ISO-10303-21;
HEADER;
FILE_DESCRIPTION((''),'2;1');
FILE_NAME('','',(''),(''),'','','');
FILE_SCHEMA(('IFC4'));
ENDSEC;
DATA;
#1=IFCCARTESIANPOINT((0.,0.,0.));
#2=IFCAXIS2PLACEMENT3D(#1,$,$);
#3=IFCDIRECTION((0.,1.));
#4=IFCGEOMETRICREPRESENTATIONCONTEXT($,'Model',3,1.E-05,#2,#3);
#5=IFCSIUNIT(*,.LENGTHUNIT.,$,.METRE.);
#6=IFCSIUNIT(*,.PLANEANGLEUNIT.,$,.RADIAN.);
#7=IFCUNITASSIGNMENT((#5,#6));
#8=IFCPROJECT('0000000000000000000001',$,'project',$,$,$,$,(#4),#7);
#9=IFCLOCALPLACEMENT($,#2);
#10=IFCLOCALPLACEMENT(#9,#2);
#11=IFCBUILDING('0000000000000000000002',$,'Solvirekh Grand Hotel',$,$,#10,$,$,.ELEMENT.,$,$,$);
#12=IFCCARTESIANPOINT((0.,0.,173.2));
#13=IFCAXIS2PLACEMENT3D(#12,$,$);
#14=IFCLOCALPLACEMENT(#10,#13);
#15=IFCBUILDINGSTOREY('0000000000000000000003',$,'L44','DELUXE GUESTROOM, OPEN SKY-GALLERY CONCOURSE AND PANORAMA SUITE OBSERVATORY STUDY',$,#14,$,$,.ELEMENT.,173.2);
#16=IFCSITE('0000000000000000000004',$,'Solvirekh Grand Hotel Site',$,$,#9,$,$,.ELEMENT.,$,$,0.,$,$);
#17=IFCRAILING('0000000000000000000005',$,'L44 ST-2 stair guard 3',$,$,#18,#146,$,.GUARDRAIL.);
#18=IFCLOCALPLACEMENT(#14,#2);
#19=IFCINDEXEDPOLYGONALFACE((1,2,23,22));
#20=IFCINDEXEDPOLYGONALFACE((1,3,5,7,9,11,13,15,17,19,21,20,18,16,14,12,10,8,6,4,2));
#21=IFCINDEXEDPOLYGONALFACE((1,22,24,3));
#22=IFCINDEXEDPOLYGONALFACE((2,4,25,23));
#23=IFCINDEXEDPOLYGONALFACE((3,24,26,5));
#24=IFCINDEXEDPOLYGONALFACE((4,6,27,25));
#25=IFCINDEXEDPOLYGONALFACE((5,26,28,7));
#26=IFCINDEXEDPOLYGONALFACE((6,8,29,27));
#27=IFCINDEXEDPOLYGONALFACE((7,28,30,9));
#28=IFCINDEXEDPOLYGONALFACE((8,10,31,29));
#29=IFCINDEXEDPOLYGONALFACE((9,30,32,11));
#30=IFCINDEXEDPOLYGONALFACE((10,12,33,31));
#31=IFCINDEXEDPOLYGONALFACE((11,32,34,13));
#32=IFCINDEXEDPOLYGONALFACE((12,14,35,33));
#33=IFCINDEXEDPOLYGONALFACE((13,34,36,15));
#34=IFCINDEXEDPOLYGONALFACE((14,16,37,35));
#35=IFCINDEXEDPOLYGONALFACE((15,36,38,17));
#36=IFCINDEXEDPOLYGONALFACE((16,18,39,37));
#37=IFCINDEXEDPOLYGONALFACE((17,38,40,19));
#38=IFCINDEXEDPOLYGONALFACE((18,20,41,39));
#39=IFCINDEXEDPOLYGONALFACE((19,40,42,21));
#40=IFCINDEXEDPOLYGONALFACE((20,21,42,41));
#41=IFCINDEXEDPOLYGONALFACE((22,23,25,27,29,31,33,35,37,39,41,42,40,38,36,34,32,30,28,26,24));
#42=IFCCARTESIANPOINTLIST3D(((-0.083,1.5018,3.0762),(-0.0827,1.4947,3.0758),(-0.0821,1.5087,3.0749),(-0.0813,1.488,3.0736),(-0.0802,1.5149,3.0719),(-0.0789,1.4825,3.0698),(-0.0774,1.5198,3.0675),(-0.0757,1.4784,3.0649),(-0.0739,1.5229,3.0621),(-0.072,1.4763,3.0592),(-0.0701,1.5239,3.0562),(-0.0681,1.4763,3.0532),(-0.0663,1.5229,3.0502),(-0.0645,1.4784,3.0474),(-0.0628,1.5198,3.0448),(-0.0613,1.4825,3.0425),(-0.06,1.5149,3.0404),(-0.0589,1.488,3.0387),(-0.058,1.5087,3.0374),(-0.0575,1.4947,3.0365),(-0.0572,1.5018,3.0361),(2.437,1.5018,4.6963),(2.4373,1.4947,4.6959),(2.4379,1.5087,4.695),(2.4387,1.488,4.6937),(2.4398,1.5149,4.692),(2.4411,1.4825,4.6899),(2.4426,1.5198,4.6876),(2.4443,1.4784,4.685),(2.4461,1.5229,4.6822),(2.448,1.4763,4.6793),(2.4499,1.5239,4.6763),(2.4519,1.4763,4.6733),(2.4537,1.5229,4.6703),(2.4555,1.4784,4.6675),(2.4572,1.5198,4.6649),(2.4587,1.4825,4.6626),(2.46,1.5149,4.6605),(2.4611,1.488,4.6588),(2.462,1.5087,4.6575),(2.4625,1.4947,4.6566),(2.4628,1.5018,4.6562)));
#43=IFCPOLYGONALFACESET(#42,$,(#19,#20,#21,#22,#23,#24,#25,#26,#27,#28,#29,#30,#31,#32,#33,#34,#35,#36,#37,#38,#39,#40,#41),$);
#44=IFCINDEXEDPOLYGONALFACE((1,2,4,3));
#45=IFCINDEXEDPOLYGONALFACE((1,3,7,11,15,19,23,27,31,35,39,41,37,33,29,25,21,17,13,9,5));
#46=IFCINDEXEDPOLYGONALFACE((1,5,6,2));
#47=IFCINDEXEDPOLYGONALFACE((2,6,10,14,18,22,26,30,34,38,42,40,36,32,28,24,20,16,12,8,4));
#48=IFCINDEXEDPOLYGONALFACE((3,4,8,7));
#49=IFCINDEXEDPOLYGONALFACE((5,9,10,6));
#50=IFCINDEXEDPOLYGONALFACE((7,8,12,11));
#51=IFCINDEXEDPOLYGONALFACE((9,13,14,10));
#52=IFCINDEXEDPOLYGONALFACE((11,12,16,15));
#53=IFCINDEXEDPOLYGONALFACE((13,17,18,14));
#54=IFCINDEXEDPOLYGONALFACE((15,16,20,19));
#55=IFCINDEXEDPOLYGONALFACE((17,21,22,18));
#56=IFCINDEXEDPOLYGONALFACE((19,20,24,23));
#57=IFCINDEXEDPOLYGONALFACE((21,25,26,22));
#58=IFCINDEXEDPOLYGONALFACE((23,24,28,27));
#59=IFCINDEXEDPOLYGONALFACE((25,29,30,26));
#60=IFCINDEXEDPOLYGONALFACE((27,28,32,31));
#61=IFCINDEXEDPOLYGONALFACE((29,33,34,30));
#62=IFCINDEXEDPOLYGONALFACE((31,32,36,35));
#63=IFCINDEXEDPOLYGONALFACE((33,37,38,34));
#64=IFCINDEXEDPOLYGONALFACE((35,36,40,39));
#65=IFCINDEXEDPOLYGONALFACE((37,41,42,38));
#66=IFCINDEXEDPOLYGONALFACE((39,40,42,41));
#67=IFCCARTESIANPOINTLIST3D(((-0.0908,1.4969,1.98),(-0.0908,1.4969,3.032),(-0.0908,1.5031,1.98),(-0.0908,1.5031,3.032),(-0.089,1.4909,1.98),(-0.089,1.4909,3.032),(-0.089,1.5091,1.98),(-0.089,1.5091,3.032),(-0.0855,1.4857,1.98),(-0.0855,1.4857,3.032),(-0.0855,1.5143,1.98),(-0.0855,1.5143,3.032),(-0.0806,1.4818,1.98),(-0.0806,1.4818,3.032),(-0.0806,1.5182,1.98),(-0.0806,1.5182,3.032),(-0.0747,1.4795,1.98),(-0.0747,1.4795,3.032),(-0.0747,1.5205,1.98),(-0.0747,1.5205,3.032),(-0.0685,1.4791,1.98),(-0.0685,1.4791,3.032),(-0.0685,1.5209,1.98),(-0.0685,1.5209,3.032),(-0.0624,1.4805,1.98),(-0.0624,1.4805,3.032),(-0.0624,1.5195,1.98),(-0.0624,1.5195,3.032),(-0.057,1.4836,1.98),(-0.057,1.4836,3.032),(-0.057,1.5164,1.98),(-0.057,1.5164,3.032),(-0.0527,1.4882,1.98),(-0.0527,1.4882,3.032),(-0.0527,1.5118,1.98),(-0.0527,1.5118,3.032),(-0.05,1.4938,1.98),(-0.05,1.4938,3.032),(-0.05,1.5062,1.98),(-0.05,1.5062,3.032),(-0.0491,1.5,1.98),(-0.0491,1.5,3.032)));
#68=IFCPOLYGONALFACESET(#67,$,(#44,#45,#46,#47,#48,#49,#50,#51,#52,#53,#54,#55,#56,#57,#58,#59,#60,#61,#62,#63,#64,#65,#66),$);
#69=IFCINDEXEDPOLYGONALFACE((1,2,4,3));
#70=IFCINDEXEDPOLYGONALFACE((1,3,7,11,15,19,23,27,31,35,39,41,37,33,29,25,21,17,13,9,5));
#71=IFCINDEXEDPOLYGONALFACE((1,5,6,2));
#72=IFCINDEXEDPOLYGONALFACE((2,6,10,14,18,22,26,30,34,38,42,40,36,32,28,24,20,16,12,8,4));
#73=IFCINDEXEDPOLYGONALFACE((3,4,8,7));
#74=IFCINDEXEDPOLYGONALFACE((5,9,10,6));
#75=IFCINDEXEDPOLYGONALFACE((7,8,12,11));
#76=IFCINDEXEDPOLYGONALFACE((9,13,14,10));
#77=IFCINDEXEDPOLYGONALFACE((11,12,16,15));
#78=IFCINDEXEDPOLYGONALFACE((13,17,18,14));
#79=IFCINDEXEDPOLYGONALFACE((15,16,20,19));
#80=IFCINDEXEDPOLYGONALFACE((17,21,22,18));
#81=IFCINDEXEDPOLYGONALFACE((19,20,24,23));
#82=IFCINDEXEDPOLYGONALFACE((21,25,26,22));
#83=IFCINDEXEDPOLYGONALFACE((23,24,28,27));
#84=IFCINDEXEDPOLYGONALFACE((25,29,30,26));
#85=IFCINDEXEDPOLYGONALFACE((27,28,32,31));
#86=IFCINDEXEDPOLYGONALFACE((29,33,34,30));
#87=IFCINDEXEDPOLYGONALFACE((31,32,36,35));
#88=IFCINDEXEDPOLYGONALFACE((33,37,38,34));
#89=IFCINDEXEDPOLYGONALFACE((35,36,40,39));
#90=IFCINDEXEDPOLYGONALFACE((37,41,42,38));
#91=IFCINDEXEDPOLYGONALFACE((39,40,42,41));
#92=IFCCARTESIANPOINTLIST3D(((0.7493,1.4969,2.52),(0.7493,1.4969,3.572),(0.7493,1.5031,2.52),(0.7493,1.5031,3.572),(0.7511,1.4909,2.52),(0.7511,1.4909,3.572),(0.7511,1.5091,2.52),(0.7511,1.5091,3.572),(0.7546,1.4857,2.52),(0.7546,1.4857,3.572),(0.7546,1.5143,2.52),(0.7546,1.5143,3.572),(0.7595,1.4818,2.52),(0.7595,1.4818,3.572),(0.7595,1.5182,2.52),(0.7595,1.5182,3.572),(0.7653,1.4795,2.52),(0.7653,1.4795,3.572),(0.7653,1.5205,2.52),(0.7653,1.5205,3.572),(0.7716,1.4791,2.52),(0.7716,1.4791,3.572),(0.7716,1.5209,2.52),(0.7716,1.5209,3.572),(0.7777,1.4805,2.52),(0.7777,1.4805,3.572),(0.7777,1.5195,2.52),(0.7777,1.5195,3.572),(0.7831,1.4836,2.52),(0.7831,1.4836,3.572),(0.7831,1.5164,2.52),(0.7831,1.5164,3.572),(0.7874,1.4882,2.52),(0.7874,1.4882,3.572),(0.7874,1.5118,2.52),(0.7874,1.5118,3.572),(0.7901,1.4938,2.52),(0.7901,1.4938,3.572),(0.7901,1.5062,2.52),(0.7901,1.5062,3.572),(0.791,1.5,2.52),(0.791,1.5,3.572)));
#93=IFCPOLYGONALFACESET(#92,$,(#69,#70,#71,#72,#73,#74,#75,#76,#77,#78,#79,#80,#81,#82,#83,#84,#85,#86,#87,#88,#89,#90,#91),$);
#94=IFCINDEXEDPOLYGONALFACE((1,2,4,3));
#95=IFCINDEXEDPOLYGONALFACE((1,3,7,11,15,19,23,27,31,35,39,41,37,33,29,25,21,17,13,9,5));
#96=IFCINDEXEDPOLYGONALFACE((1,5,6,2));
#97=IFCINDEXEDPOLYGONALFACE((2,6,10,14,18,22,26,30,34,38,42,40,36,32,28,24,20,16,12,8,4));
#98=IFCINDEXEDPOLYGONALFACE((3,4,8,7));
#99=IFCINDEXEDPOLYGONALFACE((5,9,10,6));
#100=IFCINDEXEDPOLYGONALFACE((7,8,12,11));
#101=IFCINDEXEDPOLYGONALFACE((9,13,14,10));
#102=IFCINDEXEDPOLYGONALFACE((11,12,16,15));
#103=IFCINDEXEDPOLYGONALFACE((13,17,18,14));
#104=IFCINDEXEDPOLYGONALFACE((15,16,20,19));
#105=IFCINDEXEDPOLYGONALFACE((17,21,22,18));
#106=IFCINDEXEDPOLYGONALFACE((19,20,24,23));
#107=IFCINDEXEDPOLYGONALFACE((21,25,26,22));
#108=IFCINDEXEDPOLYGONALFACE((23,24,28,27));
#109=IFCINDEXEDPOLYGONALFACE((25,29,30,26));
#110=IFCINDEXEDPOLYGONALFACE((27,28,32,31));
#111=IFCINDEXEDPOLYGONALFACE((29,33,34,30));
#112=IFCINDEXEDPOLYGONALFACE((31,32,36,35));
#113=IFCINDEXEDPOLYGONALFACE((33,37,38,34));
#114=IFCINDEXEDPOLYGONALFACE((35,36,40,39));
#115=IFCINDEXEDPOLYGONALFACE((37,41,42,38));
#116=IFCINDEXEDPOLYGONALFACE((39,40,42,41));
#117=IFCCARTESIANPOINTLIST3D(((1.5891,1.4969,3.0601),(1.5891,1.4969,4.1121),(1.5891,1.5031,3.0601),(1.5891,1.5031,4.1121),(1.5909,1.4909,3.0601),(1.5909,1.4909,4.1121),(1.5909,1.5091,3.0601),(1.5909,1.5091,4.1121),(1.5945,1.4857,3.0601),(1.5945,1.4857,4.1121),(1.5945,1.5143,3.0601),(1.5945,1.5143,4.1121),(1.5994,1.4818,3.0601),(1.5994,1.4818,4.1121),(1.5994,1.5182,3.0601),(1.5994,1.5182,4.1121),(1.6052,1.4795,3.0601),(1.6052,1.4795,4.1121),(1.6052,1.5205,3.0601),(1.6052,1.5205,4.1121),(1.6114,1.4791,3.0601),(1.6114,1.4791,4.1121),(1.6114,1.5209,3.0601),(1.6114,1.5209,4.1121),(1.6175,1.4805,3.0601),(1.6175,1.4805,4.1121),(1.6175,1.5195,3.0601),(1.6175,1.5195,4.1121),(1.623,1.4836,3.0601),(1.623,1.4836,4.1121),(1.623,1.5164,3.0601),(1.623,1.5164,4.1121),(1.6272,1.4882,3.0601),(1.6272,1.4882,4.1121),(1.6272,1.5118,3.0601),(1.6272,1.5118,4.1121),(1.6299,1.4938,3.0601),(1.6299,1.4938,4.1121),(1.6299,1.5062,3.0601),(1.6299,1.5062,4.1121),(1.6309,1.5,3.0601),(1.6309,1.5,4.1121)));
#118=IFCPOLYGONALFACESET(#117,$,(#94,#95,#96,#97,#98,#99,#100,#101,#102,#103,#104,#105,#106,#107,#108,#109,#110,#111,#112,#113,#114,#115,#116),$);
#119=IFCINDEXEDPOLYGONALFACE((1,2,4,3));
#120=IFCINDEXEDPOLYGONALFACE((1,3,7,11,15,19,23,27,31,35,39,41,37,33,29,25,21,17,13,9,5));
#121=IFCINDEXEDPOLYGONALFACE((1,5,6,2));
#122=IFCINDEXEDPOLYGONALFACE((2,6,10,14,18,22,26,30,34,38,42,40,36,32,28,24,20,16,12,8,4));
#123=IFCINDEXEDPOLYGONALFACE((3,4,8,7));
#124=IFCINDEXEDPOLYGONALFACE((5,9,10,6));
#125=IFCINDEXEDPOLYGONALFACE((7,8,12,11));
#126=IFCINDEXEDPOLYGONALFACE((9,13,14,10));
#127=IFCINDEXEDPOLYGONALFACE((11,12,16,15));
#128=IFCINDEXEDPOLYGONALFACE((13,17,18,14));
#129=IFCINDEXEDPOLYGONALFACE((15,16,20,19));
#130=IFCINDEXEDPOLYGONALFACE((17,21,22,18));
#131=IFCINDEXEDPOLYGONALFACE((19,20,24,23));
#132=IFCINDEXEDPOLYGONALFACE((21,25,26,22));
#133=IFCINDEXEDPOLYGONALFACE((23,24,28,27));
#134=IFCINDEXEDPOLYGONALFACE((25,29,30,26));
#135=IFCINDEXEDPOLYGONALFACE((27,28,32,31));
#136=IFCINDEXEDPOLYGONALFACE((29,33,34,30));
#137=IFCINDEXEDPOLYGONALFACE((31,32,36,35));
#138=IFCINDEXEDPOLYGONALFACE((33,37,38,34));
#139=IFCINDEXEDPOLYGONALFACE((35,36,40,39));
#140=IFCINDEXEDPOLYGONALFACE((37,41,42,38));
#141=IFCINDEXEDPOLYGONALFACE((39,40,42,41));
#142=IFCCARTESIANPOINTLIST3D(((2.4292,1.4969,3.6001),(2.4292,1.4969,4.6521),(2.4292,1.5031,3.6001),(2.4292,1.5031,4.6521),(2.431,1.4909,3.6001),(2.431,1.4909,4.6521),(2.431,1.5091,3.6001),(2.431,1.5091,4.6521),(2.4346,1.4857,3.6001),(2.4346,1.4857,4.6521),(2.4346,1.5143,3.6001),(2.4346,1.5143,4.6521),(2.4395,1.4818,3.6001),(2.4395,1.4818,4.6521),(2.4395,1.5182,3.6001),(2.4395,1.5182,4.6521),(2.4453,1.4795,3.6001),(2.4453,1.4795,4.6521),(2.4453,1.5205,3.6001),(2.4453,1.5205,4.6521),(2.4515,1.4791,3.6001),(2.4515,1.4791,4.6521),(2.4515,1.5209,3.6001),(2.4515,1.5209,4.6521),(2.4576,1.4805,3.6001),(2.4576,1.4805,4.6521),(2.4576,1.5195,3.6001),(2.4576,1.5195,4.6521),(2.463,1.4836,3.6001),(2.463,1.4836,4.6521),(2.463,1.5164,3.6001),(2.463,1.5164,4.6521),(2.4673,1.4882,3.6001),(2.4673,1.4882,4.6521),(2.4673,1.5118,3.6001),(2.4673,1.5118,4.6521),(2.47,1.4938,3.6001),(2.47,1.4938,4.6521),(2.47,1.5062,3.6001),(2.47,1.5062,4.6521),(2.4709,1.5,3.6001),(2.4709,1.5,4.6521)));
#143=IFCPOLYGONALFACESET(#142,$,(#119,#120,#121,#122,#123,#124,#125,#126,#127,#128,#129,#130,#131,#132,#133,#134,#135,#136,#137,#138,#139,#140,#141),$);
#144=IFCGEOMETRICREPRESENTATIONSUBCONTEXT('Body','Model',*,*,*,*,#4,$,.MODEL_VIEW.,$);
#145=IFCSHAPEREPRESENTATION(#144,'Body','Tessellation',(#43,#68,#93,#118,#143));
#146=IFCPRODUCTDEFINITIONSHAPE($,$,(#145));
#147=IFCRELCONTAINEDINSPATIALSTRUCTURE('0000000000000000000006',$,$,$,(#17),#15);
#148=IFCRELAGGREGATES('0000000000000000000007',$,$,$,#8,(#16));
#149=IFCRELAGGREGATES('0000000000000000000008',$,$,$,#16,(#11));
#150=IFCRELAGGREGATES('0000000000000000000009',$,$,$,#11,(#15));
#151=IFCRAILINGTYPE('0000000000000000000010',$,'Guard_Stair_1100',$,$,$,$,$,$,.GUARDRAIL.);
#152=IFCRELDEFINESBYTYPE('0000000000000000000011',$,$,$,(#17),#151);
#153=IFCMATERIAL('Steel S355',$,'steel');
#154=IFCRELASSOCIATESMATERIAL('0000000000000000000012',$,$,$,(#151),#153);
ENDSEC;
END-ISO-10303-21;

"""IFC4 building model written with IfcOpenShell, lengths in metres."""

from ifc_helpers import new_model, si_unit, direction, frame, origin, origin_2d, place, context, subcontext, project, spatial, circle, extrude, material, type_object, element, save


model = new_model("IFC4")

# Units and contexts
model_context = context("Model", 3, precision=1e-05, world=origin(), true_north=direction((0.0, 1.0)))
body_context = subcontext(model_context, "Body", "Model", "MODEL_VIEW")
ifc_project = project(units=[si_unit("LENGTHUNIT", "METRE"), si_unit("PLANEANGLEUNIT", "RADIAN")], contexts=[model_context])

# Site, building, storey
site_placement = place(None, origin())
site = spatial("IfcSite", under=ifc_project, at=site_placement, Name="Solvirekh Grand Hotel Site", CompositionType="ELEMENT", RefElevation=0.0)
building_placement = place(site_placement, origin())
building = spatial("IfcBuilding", under=site, at=building_placement, Name="Solvirekh Grand Hotel", CompositionType="ELEMENT")
storey_placement = place(building_placement, frame((0.0, 0.0, 173.2)))
storey = spatial("IfcBuildingStorey", under=building, at=storey_placement, Name="L44", Description="DELUXE GUESTROOM, OPEN SKY-GALLERY CONCOURSE AND PANORAMA SUITE OBSERVATORY STUDY", CompositionType="ELEMENT", Elevation=173.2)

# Railing
ifc_material_1 = material(Name="Steel S355", Category="steel")
railing_type = type_object("IfcRailingType", Name="Guard_Stair_1100", PredefinedType="GUARDRAIL", material=ifc_material_1)
railing_1_placement = place(storey_placement, frame((-0.0701, 1.5, 1.98)))
element("IfcRailing", 1, at=railing_1_placement, inside=storey, type_object=railing_type, Name="L44 ST-2 stair guard 3", PredefinedType="GUARDRAIL", context=body_context, shape_type="SweptSolid", body=[
    extrude(circle(Radius=0.0239, at=origin_2d()), frame((0.0, 0.0, 1.0762), z_axis=(0.841163, 0.0, 0.540782), x_axis=(0.0, 1.0, 0.0)), (0.0, 0.0, 1.0), 2.9958),
    extrude(circle(Radius=0.021, at=origin_2d()), origin(), (0.0, 0.0, 1.0), 1.052),
    extrude(circle(Radius=0.021, at=origin_2d()), frame((0.8401, 0.0, 0.54)), (0.0, 0.0, 1.0), 1.052),
    extrude(circle(Radius=0.021, at=origin_2d()), frame((1.6799, 0.0, 1.0801)), (0.0, 0.0, 1.0), 1.052),
    extrude(circle(Radius=0.021, at=origin_2d()), frame((2.52, 0.0, 1.6201)), (0.0, 0.0, 1.0), 1.052),
])

save(model, "model.ifc")
